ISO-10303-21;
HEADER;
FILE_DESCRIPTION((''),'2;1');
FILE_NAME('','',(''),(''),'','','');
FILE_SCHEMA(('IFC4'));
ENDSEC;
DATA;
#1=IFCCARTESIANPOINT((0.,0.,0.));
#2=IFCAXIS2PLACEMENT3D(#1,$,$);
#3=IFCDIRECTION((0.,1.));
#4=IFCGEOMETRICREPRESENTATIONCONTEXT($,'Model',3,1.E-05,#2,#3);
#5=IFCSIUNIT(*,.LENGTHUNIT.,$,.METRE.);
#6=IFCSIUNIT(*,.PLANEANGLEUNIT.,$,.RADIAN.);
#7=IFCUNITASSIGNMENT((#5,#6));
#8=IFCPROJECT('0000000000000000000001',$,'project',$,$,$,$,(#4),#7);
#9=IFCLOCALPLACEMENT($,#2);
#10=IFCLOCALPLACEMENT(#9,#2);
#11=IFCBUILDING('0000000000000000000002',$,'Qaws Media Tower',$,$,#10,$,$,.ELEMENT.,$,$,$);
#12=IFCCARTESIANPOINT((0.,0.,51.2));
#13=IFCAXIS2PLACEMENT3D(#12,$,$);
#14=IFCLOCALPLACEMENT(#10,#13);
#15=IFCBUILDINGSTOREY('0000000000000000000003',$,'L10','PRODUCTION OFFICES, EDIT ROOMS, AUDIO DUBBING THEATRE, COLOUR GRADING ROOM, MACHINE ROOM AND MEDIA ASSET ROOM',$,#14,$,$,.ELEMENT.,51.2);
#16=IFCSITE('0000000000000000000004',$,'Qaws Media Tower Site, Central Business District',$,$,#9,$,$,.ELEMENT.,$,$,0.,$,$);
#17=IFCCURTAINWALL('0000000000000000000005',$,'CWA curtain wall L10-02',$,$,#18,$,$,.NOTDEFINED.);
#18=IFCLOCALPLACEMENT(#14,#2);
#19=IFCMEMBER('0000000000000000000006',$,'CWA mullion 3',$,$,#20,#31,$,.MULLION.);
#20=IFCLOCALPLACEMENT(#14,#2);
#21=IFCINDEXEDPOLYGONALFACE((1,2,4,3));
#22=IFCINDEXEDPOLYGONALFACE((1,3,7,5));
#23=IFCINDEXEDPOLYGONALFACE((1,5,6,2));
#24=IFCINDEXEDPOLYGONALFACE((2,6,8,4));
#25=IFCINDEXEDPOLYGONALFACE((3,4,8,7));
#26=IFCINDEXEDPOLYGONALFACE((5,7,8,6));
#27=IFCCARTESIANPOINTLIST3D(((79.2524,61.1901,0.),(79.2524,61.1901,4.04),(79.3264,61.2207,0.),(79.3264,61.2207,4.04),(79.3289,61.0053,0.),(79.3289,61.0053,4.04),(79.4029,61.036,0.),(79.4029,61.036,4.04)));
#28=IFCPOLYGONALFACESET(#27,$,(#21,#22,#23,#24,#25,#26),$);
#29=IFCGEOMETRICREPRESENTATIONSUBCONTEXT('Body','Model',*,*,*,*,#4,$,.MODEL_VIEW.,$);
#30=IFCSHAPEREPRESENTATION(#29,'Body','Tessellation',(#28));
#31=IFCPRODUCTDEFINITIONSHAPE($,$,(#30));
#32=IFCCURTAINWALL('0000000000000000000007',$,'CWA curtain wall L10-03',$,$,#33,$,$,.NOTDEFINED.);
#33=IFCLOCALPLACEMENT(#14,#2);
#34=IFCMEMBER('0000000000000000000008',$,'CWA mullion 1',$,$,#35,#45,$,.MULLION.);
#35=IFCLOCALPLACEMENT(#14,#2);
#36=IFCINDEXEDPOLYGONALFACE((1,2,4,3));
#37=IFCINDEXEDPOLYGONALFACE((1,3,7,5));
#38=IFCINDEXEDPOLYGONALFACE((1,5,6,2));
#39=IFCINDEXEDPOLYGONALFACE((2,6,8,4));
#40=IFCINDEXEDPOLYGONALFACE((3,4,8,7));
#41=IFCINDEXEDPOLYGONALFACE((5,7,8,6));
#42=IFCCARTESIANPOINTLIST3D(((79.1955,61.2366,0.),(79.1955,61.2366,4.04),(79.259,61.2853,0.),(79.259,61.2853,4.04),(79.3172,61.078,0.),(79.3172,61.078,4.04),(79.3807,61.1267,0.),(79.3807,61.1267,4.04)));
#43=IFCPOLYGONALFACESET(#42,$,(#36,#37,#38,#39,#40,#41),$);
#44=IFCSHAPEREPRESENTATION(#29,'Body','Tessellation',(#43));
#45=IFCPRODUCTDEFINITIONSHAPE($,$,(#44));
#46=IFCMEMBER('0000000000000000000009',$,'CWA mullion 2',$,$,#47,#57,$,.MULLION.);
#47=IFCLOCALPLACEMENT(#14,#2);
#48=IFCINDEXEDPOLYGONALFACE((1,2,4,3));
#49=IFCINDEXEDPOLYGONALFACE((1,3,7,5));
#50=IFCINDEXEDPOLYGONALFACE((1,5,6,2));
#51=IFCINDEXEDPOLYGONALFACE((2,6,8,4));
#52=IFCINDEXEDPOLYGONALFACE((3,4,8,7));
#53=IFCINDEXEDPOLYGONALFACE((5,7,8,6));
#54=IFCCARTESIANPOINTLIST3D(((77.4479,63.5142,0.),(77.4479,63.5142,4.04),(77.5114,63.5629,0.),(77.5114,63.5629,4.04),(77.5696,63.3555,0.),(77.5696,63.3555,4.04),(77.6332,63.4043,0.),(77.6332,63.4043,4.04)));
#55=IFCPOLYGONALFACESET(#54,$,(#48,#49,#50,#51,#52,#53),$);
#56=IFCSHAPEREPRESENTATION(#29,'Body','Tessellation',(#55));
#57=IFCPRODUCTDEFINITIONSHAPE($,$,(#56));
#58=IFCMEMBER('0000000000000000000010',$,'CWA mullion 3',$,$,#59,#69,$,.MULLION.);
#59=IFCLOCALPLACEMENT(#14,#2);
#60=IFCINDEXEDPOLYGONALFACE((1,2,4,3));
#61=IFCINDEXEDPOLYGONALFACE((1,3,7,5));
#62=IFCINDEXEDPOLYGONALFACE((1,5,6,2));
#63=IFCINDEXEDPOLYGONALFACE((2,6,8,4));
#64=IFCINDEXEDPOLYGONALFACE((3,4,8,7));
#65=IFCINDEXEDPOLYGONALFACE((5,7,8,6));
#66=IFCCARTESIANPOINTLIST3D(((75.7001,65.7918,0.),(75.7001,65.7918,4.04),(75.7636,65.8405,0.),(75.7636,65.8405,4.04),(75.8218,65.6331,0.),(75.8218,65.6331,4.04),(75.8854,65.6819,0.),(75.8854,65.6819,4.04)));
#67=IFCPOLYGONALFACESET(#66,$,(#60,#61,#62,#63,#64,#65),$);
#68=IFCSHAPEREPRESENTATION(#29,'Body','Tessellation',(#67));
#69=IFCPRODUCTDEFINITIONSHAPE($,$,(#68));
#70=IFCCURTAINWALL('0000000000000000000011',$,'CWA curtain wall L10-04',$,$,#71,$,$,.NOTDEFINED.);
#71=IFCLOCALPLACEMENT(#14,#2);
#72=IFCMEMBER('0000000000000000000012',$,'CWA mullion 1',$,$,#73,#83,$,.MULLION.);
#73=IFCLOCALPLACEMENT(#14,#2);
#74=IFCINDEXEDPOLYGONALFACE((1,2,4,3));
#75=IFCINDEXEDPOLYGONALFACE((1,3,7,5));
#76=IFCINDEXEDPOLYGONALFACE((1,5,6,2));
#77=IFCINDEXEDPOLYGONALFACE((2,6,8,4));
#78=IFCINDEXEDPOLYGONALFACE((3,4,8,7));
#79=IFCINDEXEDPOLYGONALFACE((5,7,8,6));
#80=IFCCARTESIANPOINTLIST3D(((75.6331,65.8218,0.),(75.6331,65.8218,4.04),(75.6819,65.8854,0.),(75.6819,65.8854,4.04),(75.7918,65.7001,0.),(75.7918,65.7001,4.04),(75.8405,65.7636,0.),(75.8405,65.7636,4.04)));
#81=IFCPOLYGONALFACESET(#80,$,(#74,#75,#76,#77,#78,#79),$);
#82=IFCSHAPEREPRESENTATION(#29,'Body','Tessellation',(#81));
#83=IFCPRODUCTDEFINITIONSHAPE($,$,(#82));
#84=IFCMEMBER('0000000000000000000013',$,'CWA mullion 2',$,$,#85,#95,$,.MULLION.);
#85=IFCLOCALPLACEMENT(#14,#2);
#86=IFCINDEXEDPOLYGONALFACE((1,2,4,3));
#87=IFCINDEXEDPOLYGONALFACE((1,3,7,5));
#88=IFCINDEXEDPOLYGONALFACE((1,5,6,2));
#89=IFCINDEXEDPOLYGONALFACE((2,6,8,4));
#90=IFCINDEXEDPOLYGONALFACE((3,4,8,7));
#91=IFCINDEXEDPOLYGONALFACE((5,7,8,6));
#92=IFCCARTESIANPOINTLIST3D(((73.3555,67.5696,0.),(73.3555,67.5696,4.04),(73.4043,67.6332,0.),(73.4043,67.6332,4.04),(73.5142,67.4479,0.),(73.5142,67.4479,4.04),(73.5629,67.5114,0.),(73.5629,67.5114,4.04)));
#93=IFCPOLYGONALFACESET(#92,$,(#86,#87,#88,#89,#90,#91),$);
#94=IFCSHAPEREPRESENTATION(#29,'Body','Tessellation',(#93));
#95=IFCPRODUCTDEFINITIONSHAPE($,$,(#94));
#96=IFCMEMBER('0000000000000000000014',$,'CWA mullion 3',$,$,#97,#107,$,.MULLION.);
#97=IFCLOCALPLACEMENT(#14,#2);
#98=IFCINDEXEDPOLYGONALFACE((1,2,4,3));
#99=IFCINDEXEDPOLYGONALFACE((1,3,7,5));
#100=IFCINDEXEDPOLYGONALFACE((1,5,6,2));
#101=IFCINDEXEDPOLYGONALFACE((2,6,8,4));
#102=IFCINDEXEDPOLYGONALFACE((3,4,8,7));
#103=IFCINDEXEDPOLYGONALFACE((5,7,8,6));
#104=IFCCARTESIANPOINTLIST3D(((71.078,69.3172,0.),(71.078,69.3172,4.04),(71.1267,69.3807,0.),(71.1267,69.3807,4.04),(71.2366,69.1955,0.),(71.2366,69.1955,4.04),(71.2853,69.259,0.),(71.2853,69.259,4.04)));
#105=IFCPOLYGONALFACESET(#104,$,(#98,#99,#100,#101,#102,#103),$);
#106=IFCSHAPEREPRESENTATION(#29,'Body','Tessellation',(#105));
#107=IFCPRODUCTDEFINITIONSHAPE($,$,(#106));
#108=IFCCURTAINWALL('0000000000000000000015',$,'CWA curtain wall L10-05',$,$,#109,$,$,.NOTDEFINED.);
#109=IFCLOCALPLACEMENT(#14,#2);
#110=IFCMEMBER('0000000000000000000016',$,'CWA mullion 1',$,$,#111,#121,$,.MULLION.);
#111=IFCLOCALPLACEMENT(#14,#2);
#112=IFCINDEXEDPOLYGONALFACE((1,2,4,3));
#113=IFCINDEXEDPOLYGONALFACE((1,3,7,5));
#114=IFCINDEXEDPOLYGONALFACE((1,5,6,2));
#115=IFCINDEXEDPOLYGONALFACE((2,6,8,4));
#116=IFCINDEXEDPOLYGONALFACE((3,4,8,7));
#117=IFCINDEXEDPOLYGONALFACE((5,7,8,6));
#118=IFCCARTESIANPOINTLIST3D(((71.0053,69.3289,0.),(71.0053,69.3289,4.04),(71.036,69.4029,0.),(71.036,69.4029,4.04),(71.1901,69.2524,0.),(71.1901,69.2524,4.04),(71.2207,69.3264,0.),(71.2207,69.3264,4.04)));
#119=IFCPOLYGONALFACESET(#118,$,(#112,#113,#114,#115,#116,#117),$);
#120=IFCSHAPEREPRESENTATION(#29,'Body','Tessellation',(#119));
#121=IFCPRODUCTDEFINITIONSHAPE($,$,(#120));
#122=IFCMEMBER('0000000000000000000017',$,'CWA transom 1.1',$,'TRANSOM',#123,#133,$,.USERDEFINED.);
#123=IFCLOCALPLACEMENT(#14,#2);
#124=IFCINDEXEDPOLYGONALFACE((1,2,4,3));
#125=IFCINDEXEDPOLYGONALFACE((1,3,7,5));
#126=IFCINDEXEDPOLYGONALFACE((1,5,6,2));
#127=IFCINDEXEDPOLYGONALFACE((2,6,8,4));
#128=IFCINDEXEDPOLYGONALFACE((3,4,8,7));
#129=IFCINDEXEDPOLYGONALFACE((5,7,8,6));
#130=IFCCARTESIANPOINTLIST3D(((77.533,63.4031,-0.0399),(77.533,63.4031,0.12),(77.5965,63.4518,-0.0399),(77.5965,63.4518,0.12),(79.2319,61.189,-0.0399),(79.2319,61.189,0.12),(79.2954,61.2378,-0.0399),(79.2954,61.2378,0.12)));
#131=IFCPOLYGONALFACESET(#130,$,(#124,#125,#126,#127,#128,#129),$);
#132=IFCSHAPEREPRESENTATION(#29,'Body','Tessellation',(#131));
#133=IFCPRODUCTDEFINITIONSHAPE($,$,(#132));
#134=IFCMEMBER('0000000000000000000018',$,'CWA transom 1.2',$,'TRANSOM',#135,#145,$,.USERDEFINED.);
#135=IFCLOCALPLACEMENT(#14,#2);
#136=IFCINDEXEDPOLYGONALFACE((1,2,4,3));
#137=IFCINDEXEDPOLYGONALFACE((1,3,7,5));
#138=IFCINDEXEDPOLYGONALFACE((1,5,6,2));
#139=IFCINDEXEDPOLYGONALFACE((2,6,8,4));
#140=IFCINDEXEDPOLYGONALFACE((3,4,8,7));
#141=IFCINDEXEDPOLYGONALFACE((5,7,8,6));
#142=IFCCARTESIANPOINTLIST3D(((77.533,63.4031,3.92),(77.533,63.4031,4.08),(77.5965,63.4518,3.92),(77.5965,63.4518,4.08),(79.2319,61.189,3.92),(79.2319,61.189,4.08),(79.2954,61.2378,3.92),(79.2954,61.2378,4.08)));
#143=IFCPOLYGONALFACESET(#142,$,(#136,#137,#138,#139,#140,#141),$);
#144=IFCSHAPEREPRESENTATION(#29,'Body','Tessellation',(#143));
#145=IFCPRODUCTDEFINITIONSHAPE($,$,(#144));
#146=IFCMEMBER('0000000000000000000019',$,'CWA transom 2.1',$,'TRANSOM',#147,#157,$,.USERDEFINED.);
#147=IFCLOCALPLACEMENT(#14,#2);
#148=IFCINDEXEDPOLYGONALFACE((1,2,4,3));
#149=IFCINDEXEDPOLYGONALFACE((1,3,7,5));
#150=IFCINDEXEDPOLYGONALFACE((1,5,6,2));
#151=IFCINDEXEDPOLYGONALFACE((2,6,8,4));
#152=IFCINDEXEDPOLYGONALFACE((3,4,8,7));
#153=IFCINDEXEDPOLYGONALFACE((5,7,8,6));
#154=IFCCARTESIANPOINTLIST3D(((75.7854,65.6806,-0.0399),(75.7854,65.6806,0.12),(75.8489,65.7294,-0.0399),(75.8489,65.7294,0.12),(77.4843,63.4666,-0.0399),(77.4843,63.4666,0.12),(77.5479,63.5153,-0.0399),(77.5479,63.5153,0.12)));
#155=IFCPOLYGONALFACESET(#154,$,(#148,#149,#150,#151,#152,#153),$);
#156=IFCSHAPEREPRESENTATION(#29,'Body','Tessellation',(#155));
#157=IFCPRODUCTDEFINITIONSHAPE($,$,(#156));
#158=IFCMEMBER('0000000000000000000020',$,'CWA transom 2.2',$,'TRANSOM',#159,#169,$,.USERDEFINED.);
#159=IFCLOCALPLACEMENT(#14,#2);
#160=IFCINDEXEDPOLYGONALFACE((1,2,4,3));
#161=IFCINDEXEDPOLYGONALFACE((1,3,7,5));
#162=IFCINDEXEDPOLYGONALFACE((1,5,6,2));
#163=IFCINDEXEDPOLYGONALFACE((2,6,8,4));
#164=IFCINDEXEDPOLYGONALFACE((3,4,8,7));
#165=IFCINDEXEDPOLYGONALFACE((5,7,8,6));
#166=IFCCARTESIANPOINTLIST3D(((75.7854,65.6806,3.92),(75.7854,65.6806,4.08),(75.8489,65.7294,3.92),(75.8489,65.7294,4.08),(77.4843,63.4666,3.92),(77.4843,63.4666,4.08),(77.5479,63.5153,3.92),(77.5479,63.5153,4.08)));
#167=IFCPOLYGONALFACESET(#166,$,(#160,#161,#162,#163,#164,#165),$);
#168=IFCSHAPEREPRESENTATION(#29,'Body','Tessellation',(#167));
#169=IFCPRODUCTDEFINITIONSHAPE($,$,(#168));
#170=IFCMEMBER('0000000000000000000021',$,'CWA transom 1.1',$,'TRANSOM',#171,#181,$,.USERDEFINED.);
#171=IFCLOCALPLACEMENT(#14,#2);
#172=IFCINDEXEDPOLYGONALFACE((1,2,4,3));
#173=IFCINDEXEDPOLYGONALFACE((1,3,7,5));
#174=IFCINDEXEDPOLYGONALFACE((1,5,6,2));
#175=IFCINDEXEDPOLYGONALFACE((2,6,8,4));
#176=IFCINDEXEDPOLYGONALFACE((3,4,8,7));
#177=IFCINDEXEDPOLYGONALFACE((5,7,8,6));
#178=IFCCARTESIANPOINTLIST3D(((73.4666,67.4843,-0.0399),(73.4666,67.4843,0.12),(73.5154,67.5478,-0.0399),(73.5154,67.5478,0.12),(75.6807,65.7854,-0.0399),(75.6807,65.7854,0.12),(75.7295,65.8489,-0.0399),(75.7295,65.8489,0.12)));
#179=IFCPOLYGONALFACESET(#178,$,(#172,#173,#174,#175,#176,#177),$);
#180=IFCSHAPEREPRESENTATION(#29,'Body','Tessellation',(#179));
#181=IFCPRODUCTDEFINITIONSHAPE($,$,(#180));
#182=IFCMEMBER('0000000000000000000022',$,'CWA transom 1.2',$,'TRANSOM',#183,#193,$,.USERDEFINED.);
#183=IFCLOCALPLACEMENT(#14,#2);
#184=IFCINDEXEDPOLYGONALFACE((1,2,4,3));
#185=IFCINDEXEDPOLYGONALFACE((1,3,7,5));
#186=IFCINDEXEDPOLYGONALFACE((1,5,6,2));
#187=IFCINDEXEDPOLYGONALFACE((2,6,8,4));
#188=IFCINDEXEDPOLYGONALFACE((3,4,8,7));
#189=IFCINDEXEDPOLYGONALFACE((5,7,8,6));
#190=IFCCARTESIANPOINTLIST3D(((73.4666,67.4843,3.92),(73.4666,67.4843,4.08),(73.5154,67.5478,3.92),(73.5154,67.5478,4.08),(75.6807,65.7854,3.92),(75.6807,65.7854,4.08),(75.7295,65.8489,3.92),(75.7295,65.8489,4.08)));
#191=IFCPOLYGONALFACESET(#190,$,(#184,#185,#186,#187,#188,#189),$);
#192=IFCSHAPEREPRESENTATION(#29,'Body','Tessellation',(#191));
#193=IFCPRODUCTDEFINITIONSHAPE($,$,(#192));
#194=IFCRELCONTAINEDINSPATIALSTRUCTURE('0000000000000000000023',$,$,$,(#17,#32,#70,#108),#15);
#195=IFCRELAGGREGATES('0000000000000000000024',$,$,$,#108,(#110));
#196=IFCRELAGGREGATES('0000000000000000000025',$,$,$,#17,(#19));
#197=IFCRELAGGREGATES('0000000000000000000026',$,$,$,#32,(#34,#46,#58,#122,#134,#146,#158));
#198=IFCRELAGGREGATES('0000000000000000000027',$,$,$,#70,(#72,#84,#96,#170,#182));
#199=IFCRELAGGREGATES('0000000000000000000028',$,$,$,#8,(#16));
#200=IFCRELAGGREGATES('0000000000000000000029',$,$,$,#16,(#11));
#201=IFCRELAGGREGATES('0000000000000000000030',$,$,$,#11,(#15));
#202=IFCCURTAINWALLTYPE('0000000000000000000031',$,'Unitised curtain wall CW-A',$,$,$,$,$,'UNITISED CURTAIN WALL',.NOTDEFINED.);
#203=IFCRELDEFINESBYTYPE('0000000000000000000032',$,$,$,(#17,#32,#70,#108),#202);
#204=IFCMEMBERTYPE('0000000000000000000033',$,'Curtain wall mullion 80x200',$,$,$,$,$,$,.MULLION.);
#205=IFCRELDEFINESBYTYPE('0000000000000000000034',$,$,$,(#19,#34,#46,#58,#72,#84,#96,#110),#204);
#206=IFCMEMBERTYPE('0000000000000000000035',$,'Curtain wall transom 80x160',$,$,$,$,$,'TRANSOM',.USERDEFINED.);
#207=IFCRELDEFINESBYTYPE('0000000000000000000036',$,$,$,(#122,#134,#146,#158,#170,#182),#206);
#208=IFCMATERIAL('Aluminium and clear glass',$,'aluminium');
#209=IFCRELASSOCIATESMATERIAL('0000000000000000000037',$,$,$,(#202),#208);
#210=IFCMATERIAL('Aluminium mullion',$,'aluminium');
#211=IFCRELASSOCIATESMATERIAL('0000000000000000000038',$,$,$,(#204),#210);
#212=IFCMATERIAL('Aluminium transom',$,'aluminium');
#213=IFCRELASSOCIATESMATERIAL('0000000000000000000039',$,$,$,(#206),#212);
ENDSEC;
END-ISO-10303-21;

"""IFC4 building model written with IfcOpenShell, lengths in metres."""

from ifc_helpers import new_model, si_unit, direction, frame, origin, origin_2d, place, context, subcontext, project, spatial, rectangle, extrude, material, material_profile, profile_set, type_object, element, aggregate, save


model = new_model("IFC4")

# Units and contexts
model_context = context("Model", 3, precision=1e-05, world=origin(), true_north=direction((0.0, 1.0)))
body_context = subcontext(model_context, "Body", "Model", "MODEL_VIEW")
ifc_project = project(units=[si_unit("LENGTHUNIT", "METRE"), si_unit("PLANEANGLEUNIT", "RADIAN")], contexts=[model_context])

# Site, building, storey
site_placement = place(None, origin())
site = spatial("IfcSite", under=ifc_project, at=site_placement, Name="Qaws Media Tower Site, Central Business District", CompositionType="ELEMENT", RefElevation=0.0)
building_placement = place(site_placement, origin())
building = spatial("IfcBuilding", under=site, at=building_placement, Name="Qaws Media Tower", CompositionType="ELEMENT")
storey_placement = place(building_placement, frame((0.0, 0.0, 51.2)))
storey = spatial("IfcBuildingStorey", under=building, at=storey_placement, Name="L10", Description="PRODUCTION OFFICES, EDIT ROOMS, AUDIO DUBBING THEATRE, COLOUR GRADING ROOM, MACHINE ROOM AND MEDIA ASSET ROOM", CompositionType="ELEMENT", Elevation=51.2)

# Curtain wall, member
ifc_material_1 = material(Name="Aluminium and clear glass", Category="aluminium")
curtain_wall_type = type_object("IfcCurtainWallType", Name="Unitised curtain wall CW-A", ElementType="UNITISED CURTAIN WALL", PredefinedType="NOTDEFINED", material=ifc_material_1)
curtain_wall_1_placement = place(storey_placement, origin())
curtain_wall_1 = element("IfcCurtainWall", 1, at=curtain_wall_1_placement, inside=storey, type_object=curtain_wall_type, Name="CWA curtain wall L10-02", PredefinedType="NOTDEFINED")
ifc_material_2 = material(Name="Aluminium mullion", Category="aluminium")
ifc_material_profile_1 = material_profile(ifc_material_2, rectangle(XDim=0.0801, YDim=0.2, at=origin_2d()), Name="80x200")
ifc_profile_set_1 = profile_set([ifc_material_profile_1], Name="Aluminium mullion")
member_type_1 = type_object("IfcMemberType", Name="Curtain wall mullion 80x200", PredefinedType="MULLION", material=ifc_profile_set_1)
member_1_placement = place(storey_placement, frame((79.3276, 61.113, 0.0), z_axis=(0.0, 0.0, 1.0), x_axis=(-0.92388, -0.382683, 0.0)))
member_1 = element("IfcMember", 2, at=member_1_placement, type_object=member_type_1, Name="CWA mullion 3", PredefinedType="MULLION", context=body_context, shape_type="SweptSolid", body=[
    extrude(rectangle(XDim=0.0801, YDim=0.2, at=origin_2d()), origin(), (0.0, 0.0, 1.0), 4.04),
])

# Curtain walls, members
curtain_wall_2_placement = place(storey_placement, origin())
curtain_wall_2 = element("IfcCurtainWall", 3, at=curtain_wall_2_placement, inside=storey, type_object=curtain_wall_type, Name="CWA curtain wall L10-03", PredefinedType="NOTDEFINED")
member_2_placement = place(storey_placement, frame((79.2881, 61.1816, 0.0), z_axis=(0.0, 0.0, 1.0), x_axis=(-0.793353, -0.608762, 0.0)))
member_2 = element("IfcMember", 4, at=member_2_placement, type_object=member_type_1, Name="CWA mullion 1", PredefinedType="MULLION", context=body_context, shape_type="SweptSolid", body=[
    extrude(rectangle(XDim=0.0801, YDim=0.2, at=origin_2d()), origin(), (0.0, 0.0, 1.0), 4.04),
])
member_3_placement = place(storey_placement, frame((77.5405, 63.4592, 0.0), z_axis=(0.0, 0.0, 1.0), x_axis=(-0.793353, -0.608762, 0.0)))
member_3 = element("IfcMember", 5, at=member_3_placement, type_object=member_type_1, Name="CWA mullion 2", PredefinedType="MULLION", context=body_context, shape_type="SweptSolid", body=[
    extrude(rectangle(XDim=0.0801, YDim=0.2, at=origin_2d()), origin(), (0.0, 0.0, 1.0), 4.04),
])
member_4_placement = place(storey_placement, frame((75.7927, 65.7368, 0.0), z_axis=(0.0, 0.0, 1.0), x_axis=(-0.793353, -0.608762, 0.0)))
member_4 = element("IfcMember", 6, at=member_4_placement, type_object=member_type_1, Name="CWA mullion 3", PredefinedType="MULLION", context=body_context, shape_type="SweptSolid", body=[
    extrude(rectangle(XDim=0.0801, YDim=0.2, at=origin_2d()), origin(), (0.0, 0.0, 1.0), 4.04),
])
curtain_wall_3_placement = place(storey_placement, origin())
curtain_wall_3 = element("IfcCurtainWall", 7, at=curtain_wall_3_placement, inside=storey, type_object=curtain_wall_type, Name="CWA curtain wall L10-04", PredefinedType="NOTDEFINED")
member_5_placement = place(storey_placement, frame((75.7368, 65.7927, 0.0), z_axis=(0.0, 0.0, 1.0), x_axis=(-0.608762, -0.793353, 0.0)))
member_5 = element("IfcMember", 8, at=member_5_placement, type_object=member_type_1, Name="CWA mullion 1", PredefinedType="MULLION", context=body_context, shape_type="SweptSolid", body=[
    extrude(rectangle(XDim=0.0801, YDim=0.2, at=origin_2d()), origin(), (0.0, 0.0, 1.0), 4.04),
])
member_6_placement = place(storey_placement, frame((73.4592, 67.5405, 0.0), z_axis=(0.0, 0.0, 1.0), x_axis=(-0.608762, -0.793353, 0.0)))
member_6 = element("IfcMember", 9, at=member_6_placement, type_object=member_type_1, Name="CWA mullion 2", PredefinedType="MULLION", context=body_context, shape_type="SweptSolid", body=[
    extrude(rectangle(XDim=0.0801, YDim=0.2, at=origin_2d()), origin(), (0.0, 0.0, 1.0), 4.04),
])
member_7_placement = place(storey_placement, frame((71.1816, 69.2881, 0.0), z_axis=(0.0, 0.0, 1.0), x_axis=(-0.608762, -0.793353, 0.0)))
member_7 = element("IfcMember", 10, at=member_7_placement, type_object=member_type_1, Name="CWA mullion 3", PredefinedType="MULLION", context=body_context, shape_type="SweptSolid", body=[
    extrude(rectangle(XDim=0.0801, YDim=0.2, at=origin_2d()), origin(), (0.0, 0.0, 1.0), 4.04),
])

# Curtain wall, member
curtain_wall_4_placement = place(storey_placement, origin())
curtain_wall_4 = element("IfcCurtainWall", 11, at=curtain_wall_4_placement, inside=storey, type_object=curtain_wall_type, Name="CWA curtain wall L10-05", PredefinedType="NOTDEFINED")
member_8_placement = place(storey_placement, frame((71.113, 69.3276, 0.0), z_axis=(0.0, 0.0, 1.0), x_axis=(-0.382683, -0.92388, 0.0)))
member_8 = element("IfcMember", 12, at=member_8_placement, type_object=member_type_1, Name="CWA mullion 1", PredefinedType="MULLION", context=body_context, shape_type="SweptSolid", body=[
    extrude(rectangle(XDim=0.0801, YDim=0.2, at=origin_2d()), origin(), (0.0, 0.0, 1.0), 4.04),
])

# Members
ifc_material_3 = material(Name="Aluminium transom", Category="aluminium")
ifc_material_profile_2 = material_profile(ifc_material_3, rectangle(XDim=0.0801, YDim=0.1599, at=origin_2d()), Name="80x160")
ifc_profile_set_2 = profile_set([ifc_material_profile_2], Name="Aluminium transom")
member_type_2 = type_object("IfcMemberType", Name="Curtain wall transom 80x160", ElementType="TRANSOM", PredefinedType="USERDEFINED", material=ifc_profile_set_2)
member_9_placement = place(storey_placement, frame((79.2637, 61.2134, 0.04), z_axis=(-0.608768, 0.793349, 0.0), x_axis=(-0.793349, -0.608768, 0.0)))
member_9 = element("IfcMember", 13, at=member_9_placement, type_object=member_type_2, Name="CWA transom 1.1", ObjectType="TRANSOM", PredefinedType="USERDEFINED", context=body_context, shape_type="SweptSolid", body=[
    extrude(rectangle(XDim=0.0801, YDim=0.1599, at=origin_2d()), origin(), (0.0, 0.0, 1.0), 2.7908),
])
member_10_placement = place(storey_placement, frame((79.2637, 61.2134, 4.0), z_axis=(-0.608768, 0.793349, 0.0), x_axis=(-0.793349, -0.608768, 0.0)))
member_10 = element("IfcMember", 14, at=member_10_placement, type_object=member_type_2, Name="CWA transom 1.2", ObjectType="TRANSOM", PredefinedType="USERDEFINED", context=body_context, shape_type="SweptSolid", body=[
    extrude(rectangle(XDim=0.0801, YDim=0.1599, at=origin_2d()), origin(), (0.0, 0.0, 1.0), 2.7908),
])
member_11_placement = place(storey_placement, frame((77.5161, 63.491, 0.04), z_axis=(-0.608768, 0.793349, 0.0), x_axis=(-0.793349, -0.608768, 0.0)))
member_11 = element("IfcMember", 15, at=member_11_placement, type_object=member_type_2, Name="CWA transom 2.1", ObjectType="TRANSOM", PredefinedType="USERDEFINED", context=body_context, shape_type="SweptSolid", body=[
    extrude(rectangle(XDim=0.0801, YDim=0.1599, at=origin_2d()), origin(), (0.0, 0.0, 1.0), 2.7908),
])
member_12_placement = place(storey_placement, frame((77.5161, 63.491, 4.0), z_axis=(-0.608768, 0.793349, 0.0), x_axis=(-0.793349, -0.608768, 0.0)))
member_12 = element("IfcMember", 16, at=member_12_placement, type_object=member_type_2, Name="CWA transom 2.2", ObjectType="TRANSOM", PredefinedType="USERDEFINED", context=body_context, shape_type="SweptSolid", body=[
    extrude(rectangle(XDim=0.0801, YDim=0.1599, at=origin_2d()), origin(), (0.0, 0.0, 1.0), 2.7908),
])
member_13_placement = place(storey_placement, frame((75.7051, 65.8171, 0.04), z_axis=(-0.793349, 0.608768, 0.0), x_axis=(-0.608768, -0.793349, 0.0)))
member_13 = element("IfcMember", 17, at=member_13_placement, type_object=member_type_2, Name="CWA transom 1.1", ObjectType="TRANSOM", PredefinedType="USERDEFINED", context=body_context, shape_type="SweptSolid", body=[
    extrude(rectangle(XDim=0.0801, YDim=0.1599, at=origin_2d()), origin(), (0.0, 0.0, 1.0), 2.7908),
])
member_14_placement = place(storey_placement, frame((75.7051, 65.8171, 4.0), z_axis=(-0.793349, 0.608768, 0.0), x_axis=(-0.608768, -0.793349, 0.0)))
member_14 = element("IfcMember", 18, at=member_14_placement, type_object=member_type_2, Name="CWA transom 1.2", ObjectType="TRANSOM", PredefinedType="USERDEFINED", context=body_context, shape_type="SweptSolid", body=[
    extrude(rectangle(XDim=0.0801, YDim=0.1599, at=origin_2d()), origin(), (0.0, 0.0, 1.0), 2.7908),
])
aggregate(curtain_wall_4, [member_8])

aggregate(curtain_wall_1, [member_1])
aggregate(curtain_wall_2, [member_2, member_3, member_4, member_9, member_10, member_11, member_12])
aggregate(curtain_wall_3, [member_5, member_6, member_7, member_13, member_14])

save(model, "model.ifc")
